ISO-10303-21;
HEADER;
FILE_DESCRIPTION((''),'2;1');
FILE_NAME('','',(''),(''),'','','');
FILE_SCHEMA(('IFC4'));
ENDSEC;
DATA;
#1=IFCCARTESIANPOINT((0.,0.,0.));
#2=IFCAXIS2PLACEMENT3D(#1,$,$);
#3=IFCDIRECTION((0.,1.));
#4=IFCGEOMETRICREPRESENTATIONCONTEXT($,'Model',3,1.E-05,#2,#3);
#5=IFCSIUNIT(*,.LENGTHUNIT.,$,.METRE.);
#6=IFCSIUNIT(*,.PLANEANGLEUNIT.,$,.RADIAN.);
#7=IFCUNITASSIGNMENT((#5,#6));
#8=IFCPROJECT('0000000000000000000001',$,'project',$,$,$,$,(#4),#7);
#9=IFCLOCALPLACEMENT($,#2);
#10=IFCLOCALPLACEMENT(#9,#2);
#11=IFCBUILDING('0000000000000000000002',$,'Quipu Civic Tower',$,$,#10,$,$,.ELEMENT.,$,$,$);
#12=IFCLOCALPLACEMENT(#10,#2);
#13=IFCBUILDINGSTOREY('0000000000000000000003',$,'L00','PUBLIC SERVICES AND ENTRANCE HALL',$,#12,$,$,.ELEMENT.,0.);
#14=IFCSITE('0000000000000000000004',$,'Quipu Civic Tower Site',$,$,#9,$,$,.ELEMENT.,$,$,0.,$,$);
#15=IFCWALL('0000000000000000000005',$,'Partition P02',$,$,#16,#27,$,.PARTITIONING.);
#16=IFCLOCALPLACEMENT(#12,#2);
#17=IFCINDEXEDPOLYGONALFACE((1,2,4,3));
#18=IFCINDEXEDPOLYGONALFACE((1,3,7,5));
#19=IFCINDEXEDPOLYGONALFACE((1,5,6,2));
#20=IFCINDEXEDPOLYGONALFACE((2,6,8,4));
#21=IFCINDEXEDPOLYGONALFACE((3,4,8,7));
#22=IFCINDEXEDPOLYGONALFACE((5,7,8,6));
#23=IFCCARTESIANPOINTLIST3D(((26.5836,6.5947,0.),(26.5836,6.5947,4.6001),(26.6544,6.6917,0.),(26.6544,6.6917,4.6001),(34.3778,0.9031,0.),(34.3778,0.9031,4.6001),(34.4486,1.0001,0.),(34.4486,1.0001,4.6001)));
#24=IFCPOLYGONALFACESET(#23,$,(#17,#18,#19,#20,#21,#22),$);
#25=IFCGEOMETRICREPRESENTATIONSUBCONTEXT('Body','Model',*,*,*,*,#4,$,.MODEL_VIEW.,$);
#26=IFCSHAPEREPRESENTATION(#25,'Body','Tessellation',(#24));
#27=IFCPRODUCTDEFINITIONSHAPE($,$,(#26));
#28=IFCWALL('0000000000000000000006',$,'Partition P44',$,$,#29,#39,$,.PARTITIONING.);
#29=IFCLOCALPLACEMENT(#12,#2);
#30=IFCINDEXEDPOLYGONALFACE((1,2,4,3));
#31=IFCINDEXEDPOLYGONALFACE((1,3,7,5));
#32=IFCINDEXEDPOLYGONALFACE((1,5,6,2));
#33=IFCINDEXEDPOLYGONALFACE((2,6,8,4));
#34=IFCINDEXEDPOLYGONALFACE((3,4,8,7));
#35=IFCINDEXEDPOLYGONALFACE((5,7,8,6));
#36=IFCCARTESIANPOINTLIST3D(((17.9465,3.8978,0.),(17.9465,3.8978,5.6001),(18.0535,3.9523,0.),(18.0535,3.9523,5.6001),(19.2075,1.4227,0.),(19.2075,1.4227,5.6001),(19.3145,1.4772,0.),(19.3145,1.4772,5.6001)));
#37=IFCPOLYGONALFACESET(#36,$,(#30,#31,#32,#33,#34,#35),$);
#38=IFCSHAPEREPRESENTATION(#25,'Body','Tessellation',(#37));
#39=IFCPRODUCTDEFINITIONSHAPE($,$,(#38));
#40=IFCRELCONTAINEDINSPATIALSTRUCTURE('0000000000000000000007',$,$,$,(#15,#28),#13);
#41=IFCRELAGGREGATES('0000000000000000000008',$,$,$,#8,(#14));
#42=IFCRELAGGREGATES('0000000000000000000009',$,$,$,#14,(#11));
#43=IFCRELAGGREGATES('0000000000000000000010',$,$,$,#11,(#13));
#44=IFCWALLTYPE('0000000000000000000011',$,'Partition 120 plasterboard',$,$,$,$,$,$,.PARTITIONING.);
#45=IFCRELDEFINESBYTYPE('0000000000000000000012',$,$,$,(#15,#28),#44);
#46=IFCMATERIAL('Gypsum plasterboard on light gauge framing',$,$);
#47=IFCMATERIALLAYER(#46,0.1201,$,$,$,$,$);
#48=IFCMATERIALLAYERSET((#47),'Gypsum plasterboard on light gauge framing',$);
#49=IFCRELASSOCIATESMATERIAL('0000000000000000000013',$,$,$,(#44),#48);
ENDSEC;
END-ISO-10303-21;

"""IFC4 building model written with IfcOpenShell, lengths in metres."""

from ifc_helpers import new_model, si_unit, direction, frame, frame_2d, origin, place, context, subcontext, project, spatial, rectangle, extrude, material, layer, layer_set, type_object, element, save


model = new_model("IFC4")

# Units and contexts
model_context = context("Model", 3, precision=1e-05, world=origin(), true_north=direction((0.0, 1.0)))
body_context = subcontext(model_context, "Body", "Model", "MODEL_VIEW")
ifc_project = project(units=[si_unit("LENGTHUNIT", "METRE"), si_unit("PLANEANGLEUNIT", "RADIAN")], contexts=[model_context])

# Site, building, storey
site_placement = place(None, origin())
site = spatial("IfcSite", under=ifc_project, at=site_placement, Name="Quipu Civic Tower Site", CompositionType="ELEMENT", RefElevation=0.0)
building_placement = place(site_placement, origin())
building = spatial("IfcBuilding", under=site, at=building_placement, Name="Quipu Civic Tower", CompositionType="ELEMENT")
storey_placement = place(building_placement, origin())
storey = spatial("IfcBuildingStorey", under=building, at=storey_placement, Name="L00", Description="PUBLIC SERVICES AND ENTRANCE HALL", CompositionType="ELEMENT", Elevation=0.0)

# Walls
ifc_material_1 = material(Name="Gypsum plasterboard on light gauge framing")
ifc_layer_1 = layer(ifc_material_1, 0.1201)
ifc_layer_set_1 = layer_set([ifc_layer_1], Name="Gypsum plasterboard on light gauge framing")
wall_type_1 = type_object("IfcWallType", Name="Partition 120 plasterboard", PredefinedType="PARTITIONING", material=ifc_layer_set_1)
wall_1_placement = place(storey_placement, frame((26.6189, 6.6433, 0.0), z_axis=(0.0, 0.0, 1.0), x_axis=(0.807594, -0.589739, 0.0)))
element("IfcWall", 1, at=wall_1_placement, inside=storey, type_object=wall_type_1, Name="Partition P02", PredefinedType="PARTITIONING", context=body_context, shape_type="SweptSolid", body=[
    extrude(rectangle(XDim=9.6511, YDim=0.1201, at=frame_2d((4.8257, 0.0))), origin(), (0.0, 0.0, 1.0), 4.6001),
])
wall_2_placement = place(storey_placement, frame((18.0, 3.925, 0.0), z_axis=(0.0, 0.0, 1.0), x_axis=(0.453951, -0.891027, 0.0)))
element("IfcWall", 2, at=wall_2_placement, inside=storey, type_object=wall_type_1, Name="Partition P44", PredefinedType="PARTITIONING", context=body_context, shape_type="SweptSolid", body=[
    extrude(rectangle(XDim=2.7778, YDim=0.1201, at=frame_2d((1.3889, 0.0))), origin(), (0.0, 0.0, 1.0), 5.6001),
])

save(model, "model.ifc")
